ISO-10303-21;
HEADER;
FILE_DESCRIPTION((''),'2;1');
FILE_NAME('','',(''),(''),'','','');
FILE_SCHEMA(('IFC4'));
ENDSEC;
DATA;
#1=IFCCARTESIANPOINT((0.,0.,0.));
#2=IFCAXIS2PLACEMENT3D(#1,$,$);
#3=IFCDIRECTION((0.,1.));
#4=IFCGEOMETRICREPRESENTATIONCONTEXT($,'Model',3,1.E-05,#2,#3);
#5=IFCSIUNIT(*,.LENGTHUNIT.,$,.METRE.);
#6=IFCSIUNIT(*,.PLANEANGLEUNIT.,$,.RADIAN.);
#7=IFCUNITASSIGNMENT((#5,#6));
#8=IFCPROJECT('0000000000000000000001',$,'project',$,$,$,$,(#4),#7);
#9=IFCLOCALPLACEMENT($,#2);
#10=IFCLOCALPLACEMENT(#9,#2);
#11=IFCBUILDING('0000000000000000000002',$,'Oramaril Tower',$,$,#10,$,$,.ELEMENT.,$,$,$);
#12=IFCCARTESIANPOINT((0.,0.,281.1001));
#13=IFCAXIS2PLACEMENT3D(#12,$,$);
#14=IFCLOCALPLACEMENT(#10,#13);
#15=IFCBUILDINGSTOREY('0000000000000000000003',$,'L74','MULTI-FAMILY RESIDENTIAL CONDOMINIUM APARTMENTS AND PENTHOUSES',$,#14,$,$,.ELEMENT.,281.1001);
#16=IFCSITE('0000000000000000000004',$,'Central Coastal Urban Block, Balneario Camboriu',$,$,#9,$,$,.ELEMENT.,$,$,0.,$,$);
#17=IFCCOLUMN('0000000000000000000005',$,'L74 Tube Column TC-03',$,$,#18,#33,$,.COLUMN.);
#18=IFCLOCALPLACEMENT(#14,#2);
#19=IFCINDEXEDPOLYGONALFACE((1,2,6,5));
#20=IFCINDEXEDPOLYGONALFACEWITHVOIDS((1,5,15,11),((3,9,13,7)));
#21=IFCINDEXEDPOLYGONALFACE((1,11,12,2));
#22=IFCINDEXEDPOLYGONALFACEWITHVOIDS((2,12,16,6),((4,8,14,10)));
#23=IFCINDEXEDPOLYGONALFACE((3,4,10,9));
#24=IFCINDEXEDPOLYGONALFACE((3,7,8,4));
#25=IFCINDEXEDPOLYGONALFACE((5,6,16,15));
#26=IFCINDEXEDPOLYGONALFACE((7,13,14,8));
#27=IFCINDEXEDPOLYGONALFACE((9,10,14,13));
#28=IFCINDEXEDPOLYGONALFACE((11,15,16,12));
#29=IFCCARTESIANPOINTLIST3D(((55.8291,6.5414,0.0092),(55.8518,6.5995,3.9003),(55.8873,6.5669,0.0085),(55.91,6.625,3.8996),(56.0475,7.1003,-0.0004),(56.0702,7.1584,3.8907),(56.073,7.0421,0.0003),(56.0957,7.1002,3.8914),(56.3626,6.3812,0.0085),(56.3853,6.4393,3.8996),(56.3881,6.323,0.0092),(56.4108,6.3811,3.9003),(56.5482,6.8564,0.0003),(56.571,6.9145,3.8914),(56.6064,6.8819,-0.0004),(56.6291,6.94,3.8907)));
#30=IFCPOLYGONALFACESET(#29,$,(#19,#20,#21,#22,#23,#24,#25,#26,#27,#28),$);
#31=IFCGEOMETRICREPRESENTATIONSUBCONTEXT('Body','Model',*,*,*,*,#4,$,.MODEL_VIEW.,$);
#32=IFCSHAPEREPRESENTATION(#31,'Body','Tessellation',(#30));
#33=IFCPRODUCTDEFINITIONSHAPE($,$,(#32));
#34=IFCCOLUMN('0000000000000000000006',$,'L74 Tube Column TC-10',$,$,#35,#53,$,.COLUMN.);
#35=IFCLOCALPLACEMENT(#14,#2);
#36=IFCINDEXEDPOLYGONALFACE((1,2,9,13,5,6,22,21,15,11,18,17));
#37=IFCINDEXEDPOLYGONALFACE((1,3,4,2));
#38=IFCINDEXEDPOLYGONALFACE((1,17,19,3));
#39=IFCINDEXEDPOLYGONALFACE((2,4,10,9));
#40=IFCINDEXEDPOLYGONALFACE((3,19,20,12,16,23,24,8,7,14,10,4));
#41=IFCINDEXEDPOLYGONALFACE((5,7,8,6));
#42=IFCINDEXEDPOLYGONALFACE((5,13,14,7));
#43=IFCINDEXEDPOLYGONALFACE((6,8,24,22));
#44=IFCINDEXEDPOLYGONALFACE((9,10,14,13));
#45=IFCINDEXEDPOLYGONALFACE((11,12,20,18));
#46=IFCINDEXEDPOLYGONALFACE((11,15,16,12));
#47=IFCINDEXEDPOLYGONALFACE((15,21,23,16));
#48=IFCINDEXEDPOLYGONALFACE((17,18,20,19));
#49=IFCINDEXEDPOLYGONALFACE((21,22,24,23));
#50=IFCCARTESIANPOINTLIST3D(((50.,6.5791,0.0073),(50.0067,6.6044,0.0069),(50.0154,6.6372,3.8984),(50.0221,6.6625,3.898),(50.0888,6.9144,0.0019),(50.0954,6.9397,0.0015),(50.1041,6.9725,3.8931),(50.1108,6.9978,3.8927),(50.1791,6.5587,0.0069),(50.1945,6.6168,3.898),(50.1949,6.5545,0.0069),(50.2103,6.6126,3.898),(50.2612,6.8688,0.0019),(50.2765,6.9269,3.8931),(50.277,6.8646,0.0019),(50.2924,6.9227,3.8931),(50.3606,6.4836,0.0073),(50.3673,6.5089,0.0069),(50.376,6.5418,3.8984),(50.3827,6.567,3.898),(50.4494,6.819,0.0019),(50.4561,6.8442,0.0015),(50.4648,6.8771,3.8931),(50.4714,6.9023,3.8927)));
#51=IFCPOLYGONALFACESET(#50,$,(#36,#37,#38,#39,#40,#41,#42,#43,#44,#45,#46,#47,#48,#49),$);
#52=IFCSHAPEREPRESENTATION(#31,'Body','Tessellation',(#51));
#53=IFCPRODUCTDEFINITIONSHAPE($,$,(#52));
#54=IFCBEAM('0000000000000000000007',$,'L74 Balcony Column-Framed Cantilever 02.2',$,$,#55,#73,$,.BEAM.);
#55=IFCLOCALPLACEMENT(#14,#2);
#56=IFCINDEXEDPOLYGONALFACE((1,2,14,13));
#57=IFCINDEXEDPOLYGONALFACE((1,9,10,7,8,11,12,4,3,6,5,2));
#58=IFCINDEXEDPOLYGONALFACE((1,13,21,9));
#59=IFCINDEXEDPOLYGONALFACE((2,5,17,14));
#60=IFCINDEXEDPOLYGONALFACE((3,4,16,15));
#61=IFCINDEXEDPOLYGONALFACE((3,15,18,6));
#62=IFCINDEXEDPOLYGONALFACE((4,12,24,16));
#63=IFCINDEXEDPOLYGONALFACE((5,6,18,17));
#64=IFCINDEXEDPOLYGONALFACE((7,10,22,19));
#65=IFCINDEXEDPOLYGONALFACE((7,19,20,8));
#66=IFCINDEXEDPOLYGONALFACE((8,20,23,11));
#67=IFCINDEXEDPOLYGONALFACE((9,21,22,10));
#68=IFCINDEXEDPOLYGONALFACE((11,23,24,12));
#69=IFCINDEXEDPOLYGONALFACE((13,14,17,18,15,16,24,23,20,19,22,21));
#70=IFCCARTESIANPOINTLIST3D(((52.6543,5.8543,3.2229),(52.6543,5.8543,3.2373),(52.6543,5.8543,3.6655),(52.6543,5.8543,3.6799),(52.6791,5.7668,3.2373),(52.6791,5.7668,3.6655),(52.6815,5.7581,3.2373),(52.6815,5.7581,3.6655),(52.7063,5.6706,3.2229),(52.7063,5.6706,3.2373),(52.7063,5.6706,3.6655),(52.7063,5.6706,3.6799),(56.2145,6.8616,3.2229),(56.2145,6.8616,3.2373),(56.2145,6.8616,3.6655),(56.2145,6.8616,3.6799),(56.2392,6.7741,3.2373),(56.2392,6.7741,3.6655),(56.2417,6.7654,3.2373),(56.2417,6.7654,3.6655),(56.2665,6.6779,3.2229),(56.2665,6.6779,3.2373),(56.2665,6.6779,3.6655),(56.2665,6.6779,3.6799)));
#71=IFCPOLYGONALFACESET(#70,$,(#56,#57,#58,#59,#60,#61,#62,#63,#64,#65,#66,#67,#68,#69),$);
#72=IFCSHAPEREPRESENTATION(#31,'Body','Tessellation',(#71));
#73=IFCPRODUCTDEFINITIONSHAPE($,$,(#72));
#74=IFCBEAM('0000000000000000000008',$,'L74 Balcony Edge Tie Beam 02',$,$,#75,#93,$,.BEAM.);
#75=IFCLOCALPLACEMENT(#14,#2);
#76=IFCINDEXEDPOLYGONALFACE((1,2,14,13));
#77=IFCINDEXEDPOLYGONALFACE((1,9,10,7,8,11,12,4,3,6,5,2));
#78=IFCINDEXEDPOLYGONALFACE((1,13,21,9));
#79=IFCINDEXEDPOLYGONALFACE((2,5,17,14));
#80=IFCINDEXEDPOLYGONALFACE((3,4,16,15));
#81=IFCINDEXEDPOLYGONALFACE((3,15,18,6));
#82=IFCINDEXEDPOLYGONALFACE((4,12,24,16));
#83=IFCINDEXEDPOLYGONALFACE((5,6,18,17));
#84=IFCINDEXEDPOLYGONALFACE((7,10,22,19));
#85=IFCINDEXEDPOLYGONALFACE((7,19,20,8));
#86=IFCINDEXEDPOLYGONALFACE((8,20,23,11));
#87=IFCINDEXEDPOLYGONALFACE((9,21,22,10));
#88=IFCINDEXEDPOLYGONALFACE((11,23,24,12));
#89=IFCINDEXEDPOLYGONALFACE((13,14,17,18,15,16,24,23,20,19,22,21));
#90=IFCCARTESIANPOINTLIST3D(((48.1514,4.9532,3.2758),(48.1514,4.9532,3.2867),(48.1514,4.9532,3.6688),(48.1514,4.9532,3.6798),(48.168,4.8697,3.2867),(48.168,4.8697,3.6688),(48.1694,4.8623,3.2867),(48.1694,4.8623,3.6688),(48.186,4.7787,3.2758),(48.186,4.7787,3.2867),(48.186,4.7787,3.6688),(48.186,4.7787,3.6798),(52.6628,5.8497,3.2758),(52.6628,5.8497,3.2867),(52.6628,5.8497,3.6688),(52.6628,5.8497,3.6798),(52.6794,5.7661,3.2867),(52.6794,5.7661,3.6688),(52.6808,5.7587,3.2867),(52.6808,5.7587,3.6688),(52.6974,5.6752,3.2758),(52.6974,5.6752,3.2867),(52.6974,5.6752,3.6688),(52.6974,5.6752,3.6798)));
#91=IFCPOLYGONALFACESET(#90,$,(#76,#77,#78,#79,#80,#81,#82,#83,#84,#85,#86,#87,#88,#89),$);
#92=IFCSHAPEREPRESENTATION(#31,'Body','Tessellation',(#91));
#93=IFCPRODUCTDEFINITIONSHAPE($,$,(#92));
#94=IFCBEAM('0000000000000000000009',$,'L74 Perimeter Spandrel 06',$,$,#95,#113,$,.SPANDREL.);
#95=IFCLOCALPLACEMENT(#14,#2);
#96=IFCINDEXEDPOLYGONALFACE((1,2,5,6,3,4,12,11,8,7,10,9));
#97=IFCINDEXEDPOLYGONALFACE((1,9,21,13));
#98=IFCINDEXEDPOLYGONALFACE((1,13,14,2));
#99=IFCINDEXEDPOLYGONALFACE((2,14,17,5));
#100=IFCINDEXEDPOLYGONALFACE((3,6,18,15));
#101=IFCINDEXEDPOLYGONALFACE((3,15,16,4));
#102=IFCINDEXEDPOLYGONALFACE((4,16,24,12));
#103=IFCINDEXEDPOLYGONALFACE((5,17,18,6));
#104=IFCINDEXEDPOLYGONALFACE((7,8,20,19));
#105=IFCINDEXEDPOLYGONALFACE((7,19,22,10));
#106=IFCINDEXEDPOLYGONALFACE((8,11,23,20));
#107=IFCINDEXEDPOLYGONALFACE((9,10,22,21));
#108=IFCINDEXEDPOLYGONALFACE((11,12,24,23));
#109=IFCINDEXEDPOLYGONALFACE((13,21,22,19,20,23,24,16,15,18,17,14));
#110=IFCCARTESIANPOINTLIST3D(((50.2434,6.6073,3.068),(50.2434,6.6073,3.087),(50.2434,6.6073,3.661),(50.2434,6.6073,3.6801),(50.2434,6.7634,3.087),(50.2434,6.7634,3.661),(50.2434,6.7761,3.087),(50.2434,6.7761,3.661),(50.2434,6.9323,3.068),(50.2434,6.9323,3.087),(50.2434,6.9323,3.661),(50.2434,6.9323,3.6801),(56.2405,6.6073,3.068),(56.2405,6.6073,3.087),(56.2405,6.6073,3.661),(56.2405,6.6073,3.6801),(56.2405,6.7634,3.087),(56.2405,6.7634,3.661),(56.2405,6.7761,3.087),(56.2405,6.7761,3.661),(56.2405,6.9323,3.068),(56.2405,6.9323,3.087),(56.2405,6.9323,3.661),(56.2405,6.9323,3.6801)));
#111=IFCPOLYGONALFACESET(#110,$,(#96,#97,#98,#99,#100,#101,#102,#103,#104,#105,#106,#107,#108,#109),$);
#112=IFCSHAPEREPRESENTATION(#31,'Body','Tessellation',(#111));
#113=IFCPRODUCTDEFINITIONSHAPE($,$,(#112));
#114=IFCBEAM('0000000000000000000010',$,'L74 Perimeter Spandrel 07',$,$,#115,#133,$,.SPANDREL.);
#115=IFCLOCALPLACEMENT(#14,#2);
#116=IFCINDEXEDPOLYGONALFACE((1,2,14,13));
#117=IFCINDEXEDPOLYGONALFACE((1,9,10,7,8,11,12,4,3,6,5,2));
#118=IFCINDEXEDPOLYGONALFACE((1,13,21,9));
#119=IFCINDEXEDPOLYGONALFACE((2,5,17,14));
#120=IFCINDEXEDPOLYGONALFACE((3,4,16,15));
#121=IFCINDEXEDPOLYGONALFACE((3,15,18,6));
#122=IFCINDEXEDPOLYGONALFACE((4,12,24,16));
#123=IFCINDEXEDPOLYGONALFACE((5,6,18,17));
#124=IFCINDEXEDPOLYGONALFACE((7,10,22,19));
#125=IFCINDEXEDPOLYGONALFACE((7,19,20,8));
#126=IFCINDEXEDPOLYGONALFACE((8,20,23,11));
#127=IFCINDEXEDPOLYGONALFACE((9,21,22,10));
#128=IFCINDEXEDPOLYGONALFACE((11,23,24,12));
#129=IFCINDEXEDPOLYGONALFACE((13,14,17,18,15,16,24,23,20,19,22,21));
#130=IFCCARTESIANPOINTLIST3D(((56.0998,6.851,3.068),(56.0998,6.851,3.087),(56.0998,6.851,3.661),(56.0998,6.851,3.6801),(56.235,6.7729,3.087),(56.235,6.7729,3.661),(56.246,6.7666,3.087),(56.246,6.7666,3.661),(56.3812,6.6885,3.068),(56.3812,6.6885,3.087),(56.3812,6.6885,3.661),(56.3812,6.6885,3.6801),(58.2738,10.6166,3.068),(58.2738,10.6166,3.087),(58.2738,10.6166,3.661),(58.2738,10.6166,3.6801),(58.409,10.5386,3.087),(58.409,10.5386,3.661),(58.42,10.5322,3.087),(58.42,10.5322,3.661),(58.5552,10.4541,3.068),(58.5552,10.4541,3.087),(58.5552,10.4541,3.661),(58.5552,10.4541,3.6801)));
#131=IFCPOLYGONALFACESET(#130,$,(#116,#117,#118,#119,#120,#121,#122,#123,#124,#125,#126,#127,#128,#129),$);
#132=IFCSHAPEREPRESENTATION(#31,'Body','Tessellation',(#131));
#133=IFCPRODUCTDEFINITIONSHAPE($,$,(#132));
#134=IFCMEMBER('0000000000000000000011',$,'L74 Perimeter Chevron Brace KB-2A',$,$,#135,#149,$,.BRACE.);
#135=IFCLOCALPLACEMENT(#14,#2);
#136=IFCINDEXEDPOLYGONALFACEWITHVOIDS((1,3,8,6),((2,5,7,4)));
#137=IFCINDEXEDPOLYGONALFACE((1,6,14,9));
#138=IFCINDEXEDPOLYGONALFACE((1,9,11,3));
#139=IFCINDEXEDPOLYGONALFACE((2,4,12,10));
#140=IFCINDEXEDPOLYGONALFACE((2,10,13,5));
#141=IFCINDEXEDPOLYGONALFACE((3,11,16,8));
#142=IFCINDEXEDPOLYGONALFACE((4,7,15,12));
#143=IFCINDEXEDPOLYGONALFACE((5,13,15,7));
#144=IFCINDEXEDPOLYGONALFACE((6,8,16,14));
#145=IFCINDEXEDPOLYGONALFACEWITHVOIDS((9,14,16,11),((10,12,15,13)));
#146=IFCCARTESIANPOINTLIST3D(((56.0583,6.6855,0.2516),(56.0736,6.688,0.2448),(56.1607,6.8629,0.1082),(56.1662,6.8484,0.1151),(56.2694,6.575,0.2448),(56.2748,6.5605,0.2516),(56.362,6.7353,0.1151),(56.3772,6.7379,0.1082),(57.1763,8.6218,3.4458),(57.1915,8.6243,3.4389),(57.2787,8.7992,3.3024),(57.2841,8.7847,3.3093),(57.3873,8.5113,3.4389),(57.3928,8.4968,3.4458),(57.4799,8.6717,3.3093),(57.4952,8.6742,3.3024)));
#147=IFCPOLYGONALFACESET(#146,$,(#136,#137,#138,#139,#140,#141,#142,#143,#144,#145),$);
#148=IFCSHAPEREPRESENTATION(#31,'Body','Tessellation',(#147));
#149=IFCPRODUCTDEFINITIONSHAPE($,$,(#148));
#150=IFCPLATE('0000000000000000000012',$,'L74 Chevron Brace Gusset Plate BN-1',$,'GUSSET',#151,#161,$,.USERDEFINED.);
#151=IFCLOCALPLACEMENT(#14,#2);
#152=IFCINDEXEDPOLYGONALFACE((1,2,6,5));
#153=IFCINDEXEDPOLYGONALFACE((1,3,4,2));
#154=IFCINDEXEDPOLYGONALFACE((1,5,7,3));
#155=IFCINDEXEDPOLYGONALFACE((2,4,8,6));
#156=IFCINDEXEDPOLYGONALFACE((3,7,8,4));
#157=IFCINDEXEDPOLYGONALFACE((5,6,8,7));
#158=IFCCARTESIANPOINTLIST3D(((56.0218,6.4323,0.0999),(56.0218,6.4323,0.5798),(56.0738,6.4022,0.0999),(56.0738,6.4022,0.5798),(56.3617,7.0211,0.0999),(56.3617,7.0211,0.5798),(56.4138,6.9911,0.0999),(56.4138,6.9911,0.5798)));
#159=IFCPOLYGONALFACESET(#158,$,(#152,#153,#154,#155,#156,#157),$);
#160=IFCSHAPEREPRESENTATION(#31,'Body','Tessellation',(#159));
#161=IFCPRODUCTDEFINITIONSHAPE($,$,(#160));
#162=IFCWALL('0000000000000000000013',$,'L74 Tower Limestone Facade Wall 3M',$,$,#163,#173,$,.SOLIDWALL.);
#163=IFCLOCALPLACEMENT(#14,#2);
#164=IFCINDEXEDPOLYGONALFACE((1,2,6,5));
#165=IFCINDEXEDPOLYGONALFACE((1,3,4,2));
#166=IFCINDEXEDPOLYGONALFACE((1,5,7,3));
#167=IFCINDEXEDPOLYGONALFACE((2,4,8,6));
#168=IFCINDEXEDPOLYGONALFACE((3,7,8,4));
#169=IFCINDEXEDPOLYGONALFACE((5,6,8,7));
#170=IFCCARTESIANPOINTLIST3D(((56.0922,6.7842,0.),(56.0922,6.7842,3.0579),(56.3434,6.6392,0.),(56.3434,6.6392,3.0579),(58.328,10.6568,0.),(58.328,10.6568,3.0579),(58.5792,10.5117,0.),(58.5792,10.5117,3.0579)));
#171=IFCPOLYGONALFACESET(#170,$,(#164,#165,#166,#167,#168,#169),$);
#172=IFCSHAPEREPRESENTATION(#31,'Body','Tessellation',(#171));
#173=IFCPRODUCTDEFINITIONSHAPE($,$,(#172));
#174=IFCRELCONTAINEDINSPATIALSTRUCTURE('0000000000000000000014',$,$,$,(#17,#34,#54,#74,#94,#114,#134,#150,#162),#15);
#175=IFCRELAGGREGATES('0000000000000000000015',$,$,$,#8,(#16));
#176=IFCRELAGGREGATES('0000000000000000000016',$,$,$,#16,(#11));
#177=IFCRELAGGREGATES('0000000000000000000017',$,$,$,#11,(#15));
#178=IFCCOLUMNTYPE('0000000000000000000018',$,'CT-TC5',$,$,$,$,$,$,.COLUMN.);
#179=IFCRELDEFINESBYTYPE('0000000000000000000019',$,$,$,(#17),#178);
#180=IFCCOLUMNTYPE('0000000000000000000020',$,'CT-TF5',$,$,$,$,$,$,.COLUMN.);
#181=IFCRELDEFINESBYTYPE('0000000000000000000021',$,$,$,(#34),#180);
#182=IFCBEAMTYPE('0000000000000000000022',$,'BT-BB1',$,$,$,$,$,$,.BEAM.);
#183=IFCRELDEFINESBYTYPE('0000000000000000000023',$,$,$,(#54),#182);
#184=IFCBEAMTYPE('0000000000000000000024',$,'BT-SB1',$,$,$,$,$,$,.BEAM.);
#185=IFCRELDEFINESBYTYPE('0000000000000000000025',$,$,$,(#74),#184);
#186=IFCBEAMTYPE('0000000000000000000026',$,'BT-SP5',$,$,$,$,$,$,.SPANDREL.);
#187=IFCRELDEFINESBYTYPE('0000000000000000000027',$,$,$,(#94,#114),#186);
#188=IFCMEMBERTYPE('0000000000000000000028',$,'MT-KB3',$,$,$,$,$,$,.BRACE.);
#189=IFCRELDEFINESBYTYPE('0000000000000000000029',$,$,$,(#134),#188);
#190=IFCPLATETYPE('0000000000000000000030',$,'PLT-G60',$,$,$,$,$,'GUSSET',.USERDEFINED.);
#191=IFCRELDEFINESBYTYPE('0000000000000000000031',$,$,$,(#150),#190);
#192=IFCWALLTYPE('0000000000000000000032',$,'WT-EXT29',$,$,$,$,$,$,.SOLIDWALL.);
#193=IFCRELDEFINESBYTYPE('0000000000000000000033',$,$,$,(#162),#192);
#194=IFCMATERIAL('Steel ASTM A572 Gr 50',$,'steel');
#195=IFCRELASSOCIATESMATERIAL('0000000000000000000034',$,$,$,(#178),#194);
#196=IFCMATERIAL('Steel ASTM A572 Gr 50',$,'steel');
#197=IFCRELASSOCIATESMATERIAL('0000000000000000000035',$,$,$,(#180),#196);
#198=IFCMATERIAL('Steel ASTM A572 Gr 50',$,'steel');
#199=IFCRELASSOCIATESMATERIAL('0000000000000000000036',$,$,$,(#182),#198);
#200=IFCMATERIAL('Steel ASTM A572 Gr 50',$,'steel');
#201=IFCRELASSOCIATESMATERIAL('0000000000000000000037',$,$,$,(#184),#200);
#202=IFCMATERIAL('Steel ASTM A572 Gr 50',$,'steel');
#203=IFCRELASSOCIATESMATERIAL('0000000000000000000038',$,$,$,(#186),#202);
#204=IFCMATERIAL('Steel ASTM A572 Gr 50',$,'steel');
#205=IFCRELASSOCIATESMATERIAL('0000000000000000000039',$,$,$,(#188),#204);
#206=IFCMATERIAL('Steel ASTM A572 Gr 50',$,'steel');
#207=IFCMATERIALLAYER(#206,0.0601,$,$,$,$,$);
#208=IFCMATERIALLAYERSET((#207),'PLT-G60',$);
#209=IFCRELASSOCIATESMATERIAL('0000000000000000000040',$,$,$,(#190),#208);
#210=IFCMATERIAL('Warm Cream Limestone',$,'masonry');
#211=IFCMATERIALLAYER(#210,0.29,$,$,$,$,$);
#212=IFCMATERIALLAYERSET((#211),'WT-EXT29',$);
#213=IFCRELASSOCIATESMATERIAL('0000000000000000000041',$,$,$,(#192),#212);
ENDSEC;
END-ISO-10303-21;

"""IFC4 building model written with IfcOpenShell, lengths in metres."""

from ifc_helpers import new_model, si_unit, direction, frame, frame_2d, origin, origin_2d, place, context, subcontext, project, spatial, rectangle, hollow_rectangle, i_section, extrude, material, layer, layer_set, material_profile, profile_set, type_object, element, save


model = new_model("IFC4")

# Units and contexts
model_context = context("Model", 3, precision=1e-05, world=origin(), true_north=direction((0.0, 1.0)))
body_context = subcontext(model_context, "Body", "Model", "MODEL_VIEW")
ifc_project = project(units=[si_unit("LENGTHUNIT", "METRE"), si_unit("PLANEANGLEUNIT", "RADIAN")], contexts=[model_context])

# Site, building, storey
site_placement = place(None, origin())
site = spatial("IfcSite", under=ifc_project, at=site_placement, Name="Central Coastal Urban Block, Balneario Camboriu", CompositionType="ELEMENT", RefElevation=0.0)
building_placement = place(site_placement, origin())
building = spatial("IfcBuilding", under=site, at=building_placement, Name="Oramaril Tower", CompositionType="ELEMENT")
storey_placement = place(building_placement, frame((0.0, 0.0, 281.1001)))
storey = spatial("IfcBuildingStorey", under=building, at=storey_placement, Name="L74", Description="MULTI-FAMILY RESIDENTIAL CONDOMINIUM APARTMENTS AND PENTHOUSES", CompositionType="ELEMENT", Elevation=281.1001)

# Columns
ifc_material_1 = material(Name="Steel ASTM A572 Gr 50", Category="steel")
ifc_material_profile_1 = material_profile(ifc_material_1, hollow_rectangle(XDim=0.6001, YDim=0.6001, WallThickness=0.0449, at=origin_2d()), Name="BOX600X600X45")
ifc_profile_set_1 = profile_set([ifc_material_profile_1], Name="Steel ASTM A572 Gr 50")
column_type_1 = type_object("IfcColumnType", Name="CT-TC5", PredefinedType="COLUMN", material=ifc_profile_set_1)
column_1_placement = place(storey_placement, frame((56.2178, 6.7117, 0.0044), z_axis=(0.005834, 0.014931, 0.999872), x_axis=(-0.931416, 0.363957, 0.0)))
element("IfcColumn", 1, at=column_1_placement, inside=storey, type_object=column_type_1, Name="L74 Tube Column TC-03", PredefinedType="COLUMN", context=body_context, shape_type="SweptSolid", body=[
    extrude(hollow_rectangle(XDim=0.6001, YDim=0.6001, WallThickness=0.0449, at=origin_2d()), origin(), (0.0, 0.0, 1.0), 3.8916),
])
ifc_material_2 = material(Name="Steel ASTM A572 Gr 50", Category="steel")
ifc_material_profile_2 = material_profile(ifc_material_2, i_section(OverallWidth=0.373, OverallDepth=0.373, WebThickness=0.0164, FlangeThickness=0.0261, at=origin_2d()), Name="W14X132")
ifc_profile_set_2 = profile_set([ifc_material_profile_2], Name="Steel ASTM A572 Gr 50")
column_type_2 = type_object("IfcColumnType", Name="CT-TF5", PredefinedType="COLUMN", material=ifc_profile_set_2)
column_2_placement = place(storey_placement, frame((50.228, 6.7117, 0.0044), z_axis=(0.003952, 0.014931, 0.999881), x_axis=(-0.966705, 0.255893, 0.0)))
element("IfcColumn", 2, at=column_2_placement, inside=storey, type_object=column_type_2, Name="L74 Tube Column TC-10", PredefinedType="COLUMN", context=body_context, shape_type="SweptSolid", body=[
    extrude(i_section(OverallWidth=0.373, OverallDepth=0.373, WebThickness=0.0164, FlangeThickness=0.0261, at=origin_2d()), origin(), (0.0, 0.0, 1.0), 3.8916),
])

# Beams
ifc_material_3 = material(Name="Steel ASTM A572 Gr 50", Category="steel")
ifc_material_profile_3 = material_profile(ifc_material_3, i_section(OverallWidth=0.1909, OverallDepth=0.457, WebThickness=0.009, FlangeThickness=0.0144, at=origin_2d()), Name="W18X50")
ifc_profile_set_3 = profile_set([ifc_material_profile_3], Name="Steel ASTM A572 Gr 50")
beam_type_1 = type_object("IfcBeamType", Name="BT-BB1", PredefinedType="BEAM", material=ifc_profile_set_3)
beam_1_placement = place(storey_placement, frame((56.2405, 6.7698, 3.4514), z_axis=(-0.962228, -0.272245, 0.0), x_axis=(0.272245, -0.962228, 0.0)))
element("IfcBeam", 3, at=beam_1_placement, inside=storey, type_object=beam_type_1, Name="L74 Balcony Column-Framed Cantilever 02.2", PredefinedType="BEAM", context=body_context, shape_type="SweptSolid", body=[
    extrude(i_section(OverallWidth=0.1909, OverallDepth=0.457, WebThickness=0.009, FlangeThickness=0.0144, at=origin_2d()), origin(), (0.0, 0.0, 1.0), 3.7),
])
ifc_material_4 = material(Name="Steel ASTM A572 Gr 50", Category="steel")
ifc_material_profile_4 = material_profile(ifc_material_4, i_section(OverallWidth=0.178, OverallDepth=0.4041, WebThickness=0.0076, FlangeThickness=0.011, at=origin_2d()), Name="W16X36")
ifc_profile_set_4 = profile_set([ifc_material_profile_4], Name="Steel ASTM A572 Gr 50")
beam_type_2 = type_object("IfcBeamType", Name="BT-SB1", PredefinedType="BEAM", material=ifc_profile_set_4)
beam_2_placement = place(storey_placement, frame((48.1687, 4.866, 3.4778), z_axis=(0.980823, 0.194901, 0.0), x_axis=(-0.194901, 0.980823, 0.0)))
element("IfcBeam", 4, at=beam_2_placement, inside=storey, type_object=beam_type_2, Name="L74 Balcony Edge Tie Beam 02", PredefinedType="BEAM", context=body_context, shape_type="SweptSolid", body=[
    extrude(i_section(OverallWidth=0.178, OverallDepth=0.4041, WebThickness=0.0076, FlangeThickness=0.011, at=origin_2d()), origin(), (0.0, 0.0, 1.0), 4.5996),
])
ifc_material_5 = material(Name="Steel ASTM A572 Gr 50", Category="steel")
ifc_material_profile_5 = material_profile(ifc_material_5, i_section(OverallWidth=0.325, OverallDepth=0.6121, WebThickness=0.0127, FlangeThickness=0.019, at=origin_2d()), Name="W24X104")
ifc_profile_set_5 = profile_set([ifc_material_profile_5], Name="Steel ASTM A572 Gr 50")
beam_type_3 = type_object("IfcBeamType", Name="BT-SP5", PredefinedType="SPANDREL", material=ifc_profile_set_5)
beam_3_placement = place(storey_placement, frame((50.2434, 6.7698, 3.374), z_axis=(1.0, 0.0, 0.0), x_axis=(0.0, 1.0, 0.0)))
element("IfcBeam", 5, at=beam_3_placement, inside=storey, type_object=beam_type_3, Name="L74 Perimeter Spandrel 06", PredefinedType="SPANDREL", context=body_context, shape_type="SweptSolid", body=[
    extrude(i_section(OverallWidth=0.325, OverallDepth=0.6121, WebThickness=0.0127, FlangeThickness=0.019, at=origin_2d()), origin(), (0.0, 0.0, 1.0), 5.9971),
])
beam_4_placement = place(storey_placement, frame((56.2405, 6.7698, 3.374), z_axis=(0.499998, 0.866027, 0.0), x_axis=(-0.866027, 0.499998, 0.0)))
element("IfcBeam", 6, at=beam_4_placement, inside=storey, type_object=beam_type_3, Name="L74 Perimeter Spandrel 07", PredefinedType="SPANDREL", context=body_context, shape_type="SweptSolid", body=[
    extrude(i_section(OverallWidth=0.325, OverallDepth=0.6121, WebThickness=0.0127, FlangeThickness=0.019, at=origin_2d()), origin(), (0.0, 0.0, 1.0), 4.3481),
])

# Member
ifc_material_6 = material(Name="Steel ASTM A572 Gr 50", Category="steel")
ifc_material_profile_6 = material_profile(ifc_material_6, hollow_rectangle(XDim=0.25, YDim=0.25, WallThickness=0.012, at=origin_2d()), Name="HSS250X250X12")
ifc_profile_set_6 = profile_set([ifc_material_profile_6], Name="Steel ASTM A572 Gr 50")
member_type = type_object("IfcMemberType", Name="MT-KB3", PredefinedType="BRACE", material=ifc_profile_set_6)
member_placement = place(storey_placement, frame((56.2178, 6.7117, 0.1799), z_axis=(0.28673, 0.496626, 0.819236), x_axis=(-0.866024, 0.500003, 0.0)))
element("IfcMember", 7, at=member_placement, inside=storey, type_object=member_type, Name="L74 Perimeter Chevron Brace KB-2A", PredefinedType="BRACE", context=body_context, shape_type="SweptSolid", body=[
    extrude(hollow_rectangle(XDim=0.25, YDim=0.25, WallThickness=0.012, at=origin_2d()), origin(), (0.0, 0.0, 1.0), 3.8989),
])

# Plate
ifc_material_7 = material(Name="Steel ASTM A572 Gr 50", Category="steel")
ifc_layer_1 = layer(ifc_material_7, 0.0601)
ifc_layer_set_1 = layer_set([ifc_layer_1], Name="PLT-G60")
plate_type = type_object("IfcPlateType", Name="PLT-G60", ElementType="GUSSET", PredefinedType="USERDEFINED", material=ifc_layer_set_1)
plate_placement = place(storey_placement, frame((56.2178, 6.7117, 0.0999), z_axis=(0.0, 0.0, 1.0), x_axis=(0.499992, 0.86603, 0.0)))
element("IfcPlate", 8, at=plate_placement, inside=storey, type_object=plate_type, Name="L74 Chevron Brace Gusset Plate BN-1", ObjectType="GUSSET", PredefinedType="USERDEFINED", context=body_context, shape_type="SweptSolid", body=[
    extrude(rectangle(XDim=0.6799, YDim=0.0601, at=origin_2d()), origin(), (0.0, 0.0, 1.0), 0.48),
])

# Wall
ifc_material_8 = material(Name="Warm Cream Limestone", Category="masonry")
ifc_layer_2 = layer(ifc_material_8, 0.29)
ifc_layer_set_2 = layer_set([ifc_layer_2], Name="WT-EXT29")
wall_type_1 = type_object("IfcWallType", Name="WT-EXT29", PredefinedType="SOLIDWALL", material=ifc_layer_set_2)
wall_1_placement = place(storey_placement, frame((56.2178, 6.7117, 0.0), z_axis=(0.0, 0.0, 1.0), x_axis=(0.500003, 0.866024, 0.0)))
element("IfcWall", 9, at=wall_1_placement, inside=storey, type_object=wall_type_1, Name="L74 Tower Limestone Facade Wall 3M", PredefinedType="SOLIDWALL", context=body_context, shape_type="SweptSolid", body=[
    extrude(rectangle(XDim=4.4717, YDim=0.29, at=frame_2d((2.2358, 0.0))), origin(), (0.0, 0.0, 1.0), 3.0579),
])

save(model, "model.ifc")
